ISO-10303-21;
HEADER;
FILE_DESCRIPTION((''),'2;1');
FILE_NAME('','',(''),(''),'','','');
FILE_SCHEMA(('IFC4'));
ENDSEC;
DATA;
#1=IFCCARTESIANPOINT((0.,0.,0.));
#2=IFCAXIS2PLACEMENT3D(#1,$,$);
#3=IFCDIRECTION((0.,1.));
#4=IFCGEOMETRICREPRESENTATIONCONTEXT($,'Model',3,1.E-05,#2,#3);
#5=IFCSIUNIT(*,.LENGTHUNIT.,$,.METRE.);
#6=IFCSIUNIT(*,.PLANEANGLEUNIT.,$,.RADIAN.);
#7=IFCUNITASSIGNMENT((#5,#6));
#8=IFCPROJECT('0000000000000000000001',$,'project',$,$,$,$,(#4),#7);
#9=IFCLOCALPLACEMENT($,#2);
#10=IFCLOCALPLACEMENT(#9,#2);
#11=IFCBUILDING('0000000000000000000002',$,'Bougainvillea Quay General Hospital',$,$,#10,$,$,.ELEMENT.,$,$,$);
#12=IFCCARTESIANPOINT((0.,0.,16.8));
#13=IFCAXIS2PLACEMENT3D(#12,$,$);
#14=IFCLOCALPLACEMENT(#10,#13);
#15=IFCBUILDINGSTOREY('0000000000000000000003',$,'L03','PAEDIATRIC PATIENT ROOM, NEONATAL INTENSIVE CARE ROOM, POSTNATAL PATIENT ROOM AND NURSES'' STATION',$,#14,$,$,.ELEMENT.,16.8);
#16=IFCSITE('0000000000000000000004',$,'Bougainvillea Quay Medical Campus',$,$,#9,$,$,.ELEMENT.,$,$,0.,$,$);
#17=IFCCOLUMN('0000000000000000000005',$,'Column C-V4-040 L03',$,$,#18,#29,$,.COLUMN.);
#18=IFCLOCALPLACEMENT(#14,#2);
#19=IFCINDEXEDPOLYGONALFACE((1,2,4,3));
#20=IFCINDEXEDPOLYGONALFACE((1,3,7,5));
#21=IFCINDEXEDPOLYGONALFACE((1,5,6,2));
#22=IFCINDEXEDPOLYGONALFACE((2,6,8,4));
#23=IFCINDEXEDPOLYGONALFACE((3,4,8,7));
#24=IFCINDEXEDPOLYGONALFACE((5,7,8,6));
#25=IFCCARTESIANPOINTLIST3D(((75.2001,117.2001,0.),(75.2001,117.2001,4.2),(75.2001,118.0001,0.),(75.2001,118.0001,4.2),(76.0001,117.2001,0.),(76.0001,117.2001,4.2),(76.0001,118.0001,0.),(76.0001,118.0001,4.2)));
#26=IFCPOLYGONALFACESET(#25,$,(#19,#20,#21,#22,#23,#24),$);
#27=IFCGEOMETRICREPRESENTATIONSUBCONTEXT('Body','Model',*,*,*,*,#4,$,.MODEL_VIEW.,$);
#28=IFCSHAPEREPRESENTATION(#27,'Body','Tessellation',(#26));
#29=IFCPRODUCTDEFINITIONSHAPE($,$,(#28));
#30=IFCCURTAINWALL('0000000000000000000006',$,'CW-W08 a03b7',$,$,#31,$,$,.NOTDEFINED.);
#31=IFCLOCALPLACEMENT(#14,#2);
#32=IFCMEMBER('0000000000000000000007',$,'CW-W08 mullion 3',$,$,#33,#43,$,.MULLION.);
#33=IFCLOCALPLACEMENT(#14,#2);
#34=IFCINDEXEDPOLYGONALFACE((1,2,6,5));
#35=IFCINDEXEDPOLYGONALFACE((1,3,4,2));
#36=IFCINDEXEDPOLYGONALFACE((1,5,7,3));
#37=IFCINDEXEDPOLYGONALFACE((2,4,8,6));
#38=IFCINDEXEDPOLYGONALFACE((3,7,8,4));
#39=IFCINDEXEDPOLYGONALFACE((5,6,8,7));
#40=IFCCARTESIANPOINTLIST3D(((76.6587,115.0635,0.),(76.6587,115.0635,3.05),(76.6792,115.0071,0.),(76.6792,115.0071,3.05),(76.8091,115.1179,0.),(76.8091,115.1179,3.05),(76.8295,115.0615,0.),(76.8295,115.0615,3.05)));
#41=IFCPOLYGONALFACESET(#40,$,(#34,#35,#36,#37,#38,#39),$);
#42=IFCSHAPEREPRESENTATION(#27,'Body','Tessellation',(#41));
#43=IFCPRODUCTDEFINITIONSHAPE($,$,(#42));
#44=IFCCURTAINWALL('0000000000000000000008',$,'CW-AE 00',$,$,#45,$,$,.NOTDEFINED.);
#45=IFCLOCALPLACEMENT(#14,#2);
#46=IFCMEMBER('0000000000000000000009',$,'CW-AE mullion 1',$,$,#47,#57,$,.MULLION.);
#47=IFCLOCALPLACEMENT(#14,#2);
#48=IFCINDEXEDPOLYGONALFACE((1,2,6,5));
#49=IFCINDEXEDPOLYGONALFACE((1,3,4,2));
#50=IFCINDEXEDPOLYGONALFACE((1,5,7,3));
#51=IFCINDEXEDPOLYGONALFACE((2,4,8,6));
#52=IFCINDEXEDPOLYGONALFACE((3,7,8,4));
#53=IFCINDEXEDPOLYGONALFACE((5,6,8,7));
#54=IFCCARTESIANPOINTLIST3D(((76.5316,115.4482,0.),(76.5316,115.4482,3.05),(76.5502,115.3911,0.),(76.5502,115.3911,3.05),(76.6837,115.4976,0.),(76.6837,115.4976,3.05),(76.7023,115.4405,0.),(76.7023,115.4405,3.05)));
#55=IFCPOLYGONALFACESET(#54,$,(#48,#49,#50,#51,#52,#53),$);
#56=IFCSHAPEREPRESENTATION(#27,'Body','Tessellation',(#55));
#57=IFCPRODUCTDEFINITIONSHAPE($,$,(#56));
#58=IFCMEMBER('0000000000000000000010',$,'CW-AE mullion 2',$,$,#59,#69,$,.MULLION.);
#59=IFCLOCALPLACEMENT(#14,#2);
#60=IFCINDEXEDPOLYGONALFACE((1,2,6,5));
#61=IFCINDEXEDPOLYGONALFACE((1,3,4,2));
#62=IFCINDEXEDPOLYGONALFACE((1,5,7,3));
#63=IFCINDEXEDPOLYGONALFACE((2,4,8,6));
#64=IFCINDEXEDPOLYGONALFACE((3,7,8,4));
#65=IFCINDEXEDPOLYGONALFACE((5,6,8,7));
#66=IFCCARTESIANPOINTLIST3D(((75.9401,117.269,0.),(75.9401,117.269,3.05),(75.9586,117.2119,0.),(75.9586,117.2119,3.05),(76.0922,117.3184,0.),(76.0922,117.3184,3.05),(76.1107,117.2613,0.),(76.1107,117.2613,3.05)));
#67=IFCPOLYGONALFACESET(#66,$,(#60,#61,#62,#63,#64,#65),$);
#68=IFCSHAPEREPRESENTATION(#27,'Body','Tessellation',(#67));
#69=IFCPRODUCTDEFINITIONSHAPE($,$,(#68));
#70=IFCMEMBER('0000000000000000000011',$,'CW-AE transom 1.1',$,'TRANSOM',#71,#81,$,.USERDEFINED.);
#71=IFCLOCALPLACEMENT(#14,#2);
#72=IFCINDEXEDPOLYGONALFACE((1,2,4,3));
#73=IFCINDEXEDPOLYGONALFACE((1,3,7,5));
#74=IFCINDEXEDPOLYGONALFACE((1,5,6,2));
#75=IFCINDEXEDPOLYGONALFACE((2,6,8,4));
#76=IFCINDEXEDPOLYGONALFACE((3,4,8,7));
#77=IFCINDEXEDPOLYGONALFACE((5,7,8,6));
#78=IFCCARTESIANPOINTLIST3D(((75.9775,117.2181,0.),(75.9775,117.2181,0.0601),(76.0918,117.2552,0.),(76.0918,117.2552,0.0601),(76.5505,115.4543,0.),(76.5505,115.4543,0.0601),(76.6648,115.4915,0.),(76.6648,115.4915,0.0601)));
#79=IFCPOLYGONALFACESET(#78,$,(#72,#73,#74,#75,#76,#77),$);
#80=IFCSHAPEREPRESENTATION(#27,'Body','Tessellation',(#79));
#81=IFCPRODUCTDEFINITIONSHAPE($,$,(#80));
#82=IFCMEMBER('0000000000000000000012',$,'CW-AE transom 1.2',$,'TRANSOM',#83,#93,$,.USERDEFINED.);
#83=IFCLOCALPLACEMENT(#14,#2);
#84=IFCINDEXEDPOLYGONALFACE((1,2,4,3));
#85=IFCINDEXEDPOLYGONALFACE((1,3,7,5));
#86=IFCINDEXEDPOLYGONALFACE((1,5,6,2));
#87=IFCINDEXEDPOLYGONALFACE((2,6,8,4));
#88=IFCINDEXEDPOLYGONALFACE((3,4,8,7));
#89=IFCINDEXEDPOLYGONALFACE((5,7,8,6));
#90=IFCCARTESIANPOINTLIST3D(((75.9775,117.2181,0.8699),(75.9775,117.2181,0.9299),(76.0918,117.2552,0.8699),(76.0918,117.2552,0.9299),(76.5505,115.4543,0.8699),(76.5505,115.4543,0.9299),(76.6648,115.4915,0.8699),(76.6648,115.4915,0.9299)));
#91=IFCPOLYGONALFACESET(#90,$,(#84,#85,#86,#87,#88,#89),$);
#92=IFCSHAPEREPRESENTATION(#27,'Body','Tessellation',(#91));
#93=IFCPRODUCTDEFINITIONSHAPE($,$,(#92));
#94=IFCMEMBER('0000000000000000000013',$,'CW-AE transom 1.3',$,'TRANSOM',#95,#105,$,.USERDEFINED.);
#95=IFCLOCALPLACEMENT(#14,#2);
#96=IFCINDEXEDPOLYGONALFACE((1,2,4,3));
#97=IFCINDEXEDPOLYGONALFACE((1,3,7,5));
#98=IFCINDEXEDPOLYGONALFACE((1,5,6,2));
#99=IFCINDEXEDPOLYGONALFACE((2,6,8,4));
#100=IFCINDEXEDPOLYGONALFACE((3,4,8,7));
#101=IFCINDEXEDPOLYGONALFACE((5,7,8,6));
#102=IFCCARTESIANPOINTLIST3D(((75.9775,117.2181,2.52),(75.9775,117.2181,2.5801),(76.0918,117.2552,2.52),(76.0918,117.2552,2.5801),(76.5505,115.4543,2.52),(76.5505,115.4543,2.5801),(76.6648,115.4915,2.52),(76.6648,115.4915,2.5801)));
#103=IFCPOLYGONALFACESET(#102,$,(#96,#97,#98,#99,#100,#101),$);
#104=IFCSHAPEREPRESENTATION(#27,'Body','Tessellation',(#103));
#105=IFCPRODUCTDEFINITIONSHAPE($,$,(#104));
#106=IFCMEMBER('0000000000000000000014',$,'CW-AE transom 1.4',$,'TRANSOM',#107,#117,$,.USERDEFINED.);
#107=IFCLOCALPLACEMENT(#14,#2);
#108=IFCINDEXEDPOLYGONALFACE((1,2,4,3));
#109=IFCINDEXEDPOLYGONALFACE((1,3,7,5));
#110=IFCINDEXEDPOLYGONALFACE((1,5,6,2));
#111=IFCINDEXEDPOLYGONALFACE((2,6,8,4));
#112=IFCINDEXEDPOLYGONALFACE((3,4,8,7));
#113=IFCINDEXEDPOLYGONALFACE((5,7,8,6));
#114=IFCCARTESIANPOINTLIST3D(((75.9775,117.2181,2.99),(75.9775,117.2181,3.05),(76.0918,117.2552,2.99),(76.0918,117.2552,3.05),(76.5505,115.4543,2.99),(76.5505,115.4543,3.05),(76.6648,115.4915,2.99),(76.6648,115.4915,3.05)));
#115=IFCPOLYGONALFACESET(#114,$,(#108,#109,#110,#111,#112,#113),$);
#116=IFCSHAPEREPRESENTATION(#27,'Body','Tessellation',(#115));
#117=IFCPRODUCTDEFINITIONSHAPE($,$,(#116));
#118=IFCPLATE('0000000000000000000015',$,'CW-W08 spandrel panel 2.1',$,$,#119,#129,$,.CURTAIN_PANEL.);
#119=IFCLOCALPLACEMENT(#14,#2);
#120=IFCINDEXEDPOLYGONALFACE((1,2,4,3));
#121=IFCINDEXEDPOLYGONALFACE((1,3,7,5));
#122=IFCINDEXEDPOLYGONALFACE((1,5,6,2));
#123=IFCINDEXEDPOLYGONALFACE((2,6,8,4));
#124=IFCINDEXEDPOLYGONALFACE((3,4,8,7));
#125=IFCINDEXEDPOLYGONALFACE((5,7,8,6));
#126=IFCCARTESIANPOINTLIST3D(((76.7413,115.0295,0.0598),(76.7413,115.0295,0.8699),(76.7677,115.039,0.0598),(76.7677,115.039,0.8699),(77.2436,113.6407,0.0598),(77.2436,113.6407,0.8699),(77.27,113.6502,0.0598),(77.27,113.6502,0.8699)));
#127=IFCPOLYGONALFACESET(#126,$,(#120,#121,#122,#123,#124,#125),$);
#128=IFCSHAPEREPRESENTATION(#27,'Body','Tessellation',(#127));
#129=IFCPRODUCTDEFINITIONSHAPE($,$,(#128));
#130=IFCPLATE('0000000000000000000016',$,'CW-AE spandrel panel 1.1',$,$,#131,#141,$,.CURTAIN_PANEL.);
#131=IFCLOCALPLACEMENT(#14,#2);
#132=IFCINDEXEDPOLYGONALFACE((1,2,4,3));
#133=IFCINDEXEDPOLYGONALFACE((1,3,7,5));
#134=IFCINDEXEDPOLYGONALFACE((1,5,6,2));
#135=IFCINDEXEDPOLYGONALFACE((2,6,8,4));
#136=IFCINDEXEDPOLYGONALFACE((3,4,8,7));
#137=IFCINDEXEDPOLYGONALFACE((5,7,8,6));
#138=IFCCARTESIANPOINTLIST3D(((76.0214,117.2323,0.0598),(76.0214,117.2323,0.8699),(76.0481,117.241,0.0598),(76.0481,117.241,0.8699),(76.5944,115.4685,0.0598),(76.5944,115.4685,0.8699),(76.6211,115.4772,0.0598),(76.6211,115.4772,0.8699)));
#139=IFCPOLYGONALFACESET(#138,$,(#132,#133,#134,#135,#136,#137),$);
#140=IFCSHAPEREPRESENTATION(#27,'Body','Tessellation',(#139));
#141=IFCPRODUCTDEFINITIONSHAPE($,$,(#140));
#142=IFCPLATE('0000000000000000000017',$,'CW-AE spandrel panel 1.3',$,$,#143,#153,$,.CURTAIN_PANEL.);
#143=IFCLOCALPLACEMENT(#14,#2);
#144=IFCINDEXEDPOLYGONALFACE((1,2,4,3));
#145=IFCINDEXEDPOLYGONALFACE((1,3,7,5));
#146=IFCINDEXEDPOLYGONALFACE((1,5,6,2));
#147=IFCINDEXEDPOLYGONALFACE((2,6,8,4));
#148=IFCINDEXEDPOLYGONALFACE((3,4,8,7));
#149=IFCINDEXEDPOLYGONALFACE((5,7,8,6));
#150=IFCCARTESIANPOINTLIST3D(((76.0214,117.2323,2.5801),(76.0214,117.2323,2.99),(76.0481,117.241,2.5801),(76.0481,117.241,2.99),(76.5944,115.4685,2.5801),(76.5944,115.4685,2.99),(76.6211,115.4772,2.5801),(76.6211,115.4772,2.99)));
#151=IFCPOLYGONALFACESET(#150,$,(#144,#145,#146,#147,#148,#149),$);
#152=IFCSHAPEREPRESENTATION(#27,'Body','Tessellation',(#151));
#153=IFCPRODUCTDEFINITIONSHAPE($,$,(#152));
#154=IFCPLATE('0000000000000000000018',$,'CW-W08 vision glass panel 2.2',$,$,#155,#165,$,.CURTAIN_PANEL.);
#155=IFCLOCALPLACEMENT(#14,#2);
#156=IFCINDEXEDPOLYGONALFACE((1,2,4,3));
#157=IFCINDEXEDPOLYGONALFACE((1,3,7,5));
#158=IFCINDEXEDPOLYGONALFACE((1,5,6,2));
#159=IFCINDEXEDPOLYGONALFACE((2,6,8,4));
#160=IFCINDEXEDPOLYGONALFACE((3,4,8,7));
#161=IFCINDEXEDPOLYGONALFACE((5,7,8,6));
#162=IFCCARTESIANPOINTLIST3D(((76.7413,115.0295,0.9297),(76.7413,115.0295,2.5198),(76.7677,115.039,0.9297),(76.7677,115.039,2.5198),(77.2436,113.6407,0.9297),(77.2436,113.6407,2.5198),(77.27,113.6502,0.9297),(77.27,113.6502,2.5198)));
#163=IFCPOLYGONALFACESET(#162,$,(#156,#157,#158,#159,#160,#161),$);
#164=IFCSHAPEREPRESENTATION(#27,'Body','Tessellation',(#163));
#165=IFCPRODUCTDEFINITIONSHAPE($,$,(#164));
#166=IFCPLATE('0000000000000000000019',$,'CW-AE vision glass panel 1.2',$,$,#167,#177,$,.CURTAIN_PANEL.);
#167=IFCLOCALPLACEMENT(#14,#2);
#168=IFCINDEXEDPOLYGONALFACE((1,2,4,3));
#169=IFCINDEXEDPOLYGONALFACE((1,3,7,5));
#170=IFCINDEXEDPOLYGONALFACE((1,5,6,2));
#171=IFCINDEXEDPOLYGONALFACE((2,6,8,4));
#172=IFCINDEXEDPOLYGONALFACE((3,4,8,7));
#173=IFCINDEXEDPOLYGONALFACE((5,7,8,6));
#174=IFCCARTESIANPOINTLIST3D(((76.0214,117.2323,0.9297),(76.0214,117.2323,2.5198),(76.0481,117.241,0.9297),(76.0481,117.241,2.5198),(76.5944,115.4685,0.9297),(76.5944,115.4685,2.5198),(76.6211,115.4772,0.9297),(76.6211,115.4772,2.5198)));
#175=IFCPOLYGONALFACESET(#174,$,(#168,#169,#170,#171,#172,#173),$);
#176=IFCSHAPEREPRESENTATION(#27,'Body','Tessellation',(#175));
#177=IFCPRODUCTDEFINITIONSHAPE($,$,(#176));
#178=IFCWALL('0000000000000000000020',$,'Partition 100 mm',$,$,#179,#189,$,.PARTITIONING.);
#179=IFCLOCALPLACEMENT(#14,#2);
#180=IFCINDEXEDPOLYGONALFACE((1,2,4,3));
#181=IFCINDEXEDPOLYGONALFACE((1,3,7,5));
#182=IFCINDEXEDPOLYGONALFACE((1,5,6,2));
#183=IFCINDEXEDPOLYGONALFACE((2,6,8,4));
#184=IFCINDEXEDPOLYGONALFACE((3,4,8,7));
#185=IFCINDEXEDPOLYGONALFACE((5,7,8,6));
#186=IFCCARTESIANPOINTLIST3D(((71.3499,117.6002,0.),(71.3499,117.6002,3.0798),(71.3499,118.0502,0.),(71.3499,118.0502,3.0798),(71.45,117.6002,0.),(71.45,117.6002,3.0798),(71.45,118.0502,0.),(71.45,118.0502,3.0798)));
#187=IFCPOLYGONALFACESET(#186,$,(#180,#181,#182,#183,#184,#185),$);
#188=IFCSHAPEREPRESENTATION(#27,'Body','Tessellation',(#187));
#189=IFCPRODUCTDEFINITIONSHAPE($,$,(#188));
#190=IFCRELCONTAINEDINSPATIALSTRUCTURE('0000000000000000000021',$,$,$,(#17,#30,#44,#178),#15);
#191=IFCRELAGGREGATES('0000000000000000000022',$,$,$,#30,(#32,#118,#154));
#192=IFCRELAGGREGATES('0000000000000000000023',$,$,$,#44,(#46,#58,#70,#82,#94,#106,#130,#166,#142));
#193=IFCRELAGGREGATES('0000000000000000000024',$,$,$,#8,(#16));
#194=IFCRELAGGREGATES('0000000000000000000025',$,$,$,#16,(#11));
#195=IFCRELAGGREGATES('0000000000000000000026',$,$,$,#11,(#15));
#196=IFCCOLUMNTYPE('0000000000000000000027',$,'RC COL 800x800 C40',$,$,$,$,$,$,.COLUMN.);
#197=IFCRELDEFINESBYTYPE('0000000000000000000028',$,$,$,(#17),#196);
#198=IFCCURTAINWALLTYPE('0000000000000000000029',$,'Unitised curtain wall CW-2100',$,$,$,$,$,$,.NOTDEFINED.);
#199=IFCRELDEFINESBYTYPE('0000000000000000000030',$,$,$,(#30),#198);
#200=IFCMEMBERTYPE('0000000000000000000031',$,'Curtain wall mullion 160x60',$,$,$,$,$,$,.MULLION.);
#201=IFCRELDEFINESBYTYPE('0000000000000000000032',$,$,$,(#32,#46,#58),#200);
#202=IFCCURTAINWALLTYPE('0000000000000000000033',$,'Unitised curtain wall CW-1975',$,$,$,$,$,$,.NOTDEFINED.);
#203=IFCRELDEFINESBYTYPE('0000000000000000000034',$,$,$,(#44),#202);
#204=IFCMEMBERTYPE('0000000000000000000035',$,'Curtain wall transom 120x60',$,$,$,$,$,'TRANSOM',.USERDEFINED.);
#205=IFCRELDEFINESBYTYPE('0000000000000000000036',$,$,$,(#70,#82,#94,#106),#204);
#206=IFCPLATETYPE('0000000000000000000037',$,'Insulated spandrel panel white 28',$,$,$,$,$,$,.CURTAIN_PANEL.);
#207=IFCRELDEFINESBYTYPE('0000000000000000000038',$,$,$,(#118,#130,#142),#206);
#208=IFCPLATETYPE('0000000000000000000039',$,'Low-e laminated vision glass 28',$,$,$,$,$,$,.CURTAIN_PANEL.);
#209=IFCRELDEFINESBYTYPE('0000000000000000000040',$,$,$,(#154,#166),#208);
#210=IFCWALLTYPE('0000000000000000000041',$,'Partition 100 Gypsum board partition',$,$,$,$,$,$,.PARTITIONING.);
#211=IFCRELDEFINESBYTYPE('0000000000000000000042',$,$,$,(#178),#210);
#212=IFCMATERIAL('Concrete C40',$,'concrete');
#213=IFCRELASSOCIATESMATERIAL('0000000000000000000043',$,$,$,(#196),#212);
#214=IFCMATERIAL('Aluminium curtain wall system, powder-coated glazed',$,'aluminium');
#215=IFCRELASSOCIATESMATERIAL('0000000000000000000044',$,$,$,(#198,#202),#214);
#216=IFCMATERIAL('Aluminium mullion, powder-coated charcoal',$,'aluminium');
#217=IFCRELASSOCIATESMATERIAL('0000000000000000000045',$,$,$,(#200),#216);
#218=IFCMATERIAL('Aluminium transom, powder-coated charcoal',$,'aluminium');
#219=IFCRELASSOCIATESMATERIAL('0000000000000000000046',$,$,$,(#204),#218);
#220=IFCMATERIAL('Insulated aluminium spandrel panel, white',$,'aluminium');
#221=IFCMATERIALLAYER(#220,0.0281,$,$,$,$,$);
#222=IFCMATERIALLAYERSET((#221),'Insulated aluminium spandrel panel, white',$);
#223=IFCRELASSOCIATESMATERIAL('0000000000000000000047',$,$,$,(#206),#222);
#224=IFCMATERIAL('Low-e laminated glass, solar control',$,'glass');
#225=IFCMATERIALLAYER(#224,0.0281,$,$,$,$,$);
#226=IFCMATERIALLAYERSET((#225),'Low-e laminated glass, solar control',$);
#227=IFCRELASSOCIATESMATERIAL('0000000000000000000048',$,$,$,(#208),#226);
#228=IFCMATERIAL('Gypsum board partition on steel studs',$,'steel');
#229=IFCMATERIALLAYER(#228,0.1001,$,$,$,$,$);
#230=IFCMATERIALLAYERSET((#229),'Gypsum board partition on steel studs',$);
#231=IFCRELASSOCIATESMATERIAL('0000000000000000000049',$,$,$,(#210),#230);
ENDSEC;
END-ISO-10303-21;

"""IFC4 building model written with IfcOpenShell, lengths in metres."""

from ifc_helpers import new_model, si_unit, direction, frame, frame_2d, origin, origin_2d, place, context, subcontext, project, spatial, rectangle, extrude, material, layer, layer_set, material_profile, profile_set, type_object, element, aggregate, save


model = new_model("IFC4")

# Units and contexts
model_context = context("Model", 3, precision=1e-05, world=origin(), true_north=direction((0.0, 1.0)))
body_context = subcontext(model_context, "Body", "Model", "MODEL_VIEW")
ifc_project = project(units=[si_unit("LENGTHUNIT", "METRE"), si_unit("PLANEANGLEUNIT", "RADIAN")], contexts=[model_context])

# Site, building, storey
site_placement = place(None, origin())
site = spatial("IfcSite", under=ifc_project, at=site_placement, Name="Bougainvillea Quay Medical Campus", CompositionType="ELEMENT", RefElevation=0.0)
building_placement = place(site_placement, origin())
building = spatial("IfcBuilding", under=site, at=building_placement, Name="Bougainvillea Quay General Hospital", CompositionType="ELEMENT")
storey_placement = place(building_placement, frame((0.0, 0.0, 16.8)))
storey = spatial("IfcBuildingStorey", under=building, at=storey_placement, Name="L03", Description="PAEDIATRIC PATIENT ROOM, NEONATAL INTENSIVE CARE ROOM, POSTNATAL PATIENT ROOM AND NURSES' STATION", CompositionType="ELEMENT", Elevation=16.8)

# Column
ifc_material_1 = material(Name="Concrete C40", Category="concrete")
ifc_material_profile_1 = material_profile(ifc_material_1, rectangle(XDim=0.8, YDim=0.8, at=origin_2d()))
ifc_profile_set_1 = profile_set([ifc_material_profile_1], Name="Concrete C40")
column_type = type_object("IfcColumnType", Name="RC COL 800x800 C40", PredefinedType="COLUMN", material=ifc_profile_set_1)
column_placement = place(storey_placement, frame((75.6001, 117.6001, 0.0), z_axis=(0.0, 0.0, 1.0), x_axis=(1.0, 0.0, 0.0)))
element("IfcColumn", 1, at=column_placement, inside=storey, type_object=column_type, Name="Column C-V4-040 L03", PredefinedType="COLUMN", context=body_context, shape_type="SweptSolid", body=[
    extrude(rectangle(XDim=0.8, YDim=0.8, at=origin_2d()), origin(), (0.0, 0.0, 1.0), 4.2),
])

# Curtain wall, member
ifc_material_2 = material(Name="Aluminium curtain wall system, powder-coated glazed", Category="aluminium")
curtain_wall_type_1 = type_object("IfcCurtainWallType", Name="Unitised curtain wall CW-2100", PredefinedType="NOTDEFINED", material=ifc_material_2)
curtain_wall_1_placement = place(storey_placement, origin())
curtain_wall_1 = element("IfcCurtainWall", 2, at=curtain_wall_1_placement, inside=storey, type_object=curtain_wall_type_1, Name="CW-W08 a03b7", PredefinedType="NOTDEFINED")
ifc_material_3 = material(Name="Aluminium mullion, powder-coated charcoal", Category="aluminium")
ifc_material_profile_2 = material_profile(ifc_material_3, rectangle(XDim=0.1599, YDim=0.0601, at=origin_2d()))
ifc_profile_set_2 = profile_set([ifc_material_profile_2], Name="Aluminium mullion, powder-coated charcoal")
member_type_1 = type_object("IfcMemberType", Name="Curtain wall mullion 160x60", PredefinedType="MULLION", material=ifc_profile_set_2)
member_1_placement = place(storey_placement, frame((76.7441, 115.0625, 0.0), z_axis=(0.0, 0.0, 1.0), x_axis=(-0.940382, -0.34012, 0.0)))
member_1 = element("IfcMember", 3, at=member_1_placement, type_object=member_type_1, Name="CW-W08 mullion 3", PredefinedType="MULLION", context=body_context, shape_type="SweptSolid", body=[
    extrude(rectangle(XDim=0.1599, YDim=0.0601, at=origin_2d()), origin(), (0.0, 0.0, 1.0), 3.05),
])

# Curtain wall, members
curtain_wall_type_2 = type_object("IfcCurtainWallType", Name="Unitised curtain wall CW-1975", PredefinedType="NOTDEFINED", material=ifc_material_2)
curtain_wall_2_placement = place(storey_placement, origin())
curtain_wall_2 = element("IfcCurtainWall", 4, at=curtain_wall_2_placement, inside=storey, type_object=curtain_wall_type_2, Name="CW-AE 00", PredefinedType="NOTDEFINED")
member_2_placement = place(storey_placement, frame((76.6169, 115.4443, 0.0), z_axis=(0.0, 0.0, 1.0), x_axis=(-0.951072, -0.308971, 0.0)))
member_2 = element("IfcMember", 5, at=member_2_placement, type_object=member_type_1, Name="CW-AE mullion 1", PredefinedType="MULLION", context=body_context, shape_type="SweptSolid", body=[
    extrude(rectangle(XDim=0.1599, YDim=0.0601, at=origin_2d()), origin(), (0.0, 0.0, 1.0), 3.05),
])
member_3_placement = place(storey_placement, frame((76.0254, 117.2651, 0.0), z_axis=(0.0, 0.0, 1.0), x_axis=(-0.951072, -0.308971, 0.0)))
member_3 = element("IfcMember", 6, at=member_3_placement, type_object=member_type_1, Name="CW-AE mullion 2", PredefinedType="MULLION", context=body_context, shape_type="SweptSolid", body=[
    extrude(rectangle(XDim=0.1599, YDim=0.0601, at=origin_2d()), origin(), (0.0, 0.0, 1.0), 3.05),
])
ifc_material_4 = material(Name="Aluminium transom, powder-coated charcoal", Category="aluminium")
ifc_material_profile_3 = material_profile(ifc_material_4, rectangle(XDim=0.1201, YDim=0.0601, at=origin_2d()))
ifc_profile_set_3 = profile_set([ifc_material_profile_3], Name="Aluminium transom, powder-coated charcoal")
member_type_2 = type_object("IfcMemberType", Name="Curtain wall transom 120x60", ElementType="TRANSOM", PredefinedType="USERDEFINED", material=ifc_profile_set_3)
member_4_placement = place(storey_placement, frame((76.6077, 115.4729, 0.03), z_axis=(-0.308991, 0.951065, 0.0), x_axis=(-0.951065, -0.308991, 0.0)))
member_4 = element("IfcMember", 7, at=member_4_placement, type_object=member_type_2, Name="CW-AE transom 1.1", ObjectType="TRANSOM", PredefinedType="USERDEFINED", context=body_context, shape_type="SweptSolid", body=[
    extrude(rectangle(XDim=0.1201, YDim=0.0601, at=origin_2d()), origin(), (0.0, 0.0, 1.0), 1.8545),
])
member_5_placement = place(storey_placement, frame((76.6077, 115.4729, 0.8999), z_axis=(-0.308991, 0.951065, 0.0), x_axis=(-0.951065, -0.308991, 0.0)))
member_5 = element("IfcMember", 8, at=member_5_placement, type_object=member_type_2, Name="CW-AE transom 1.2", ObjectType="TRANSOM", PredefinedType="USERDEFINED", context=body_context, shape_type="SweptSolid", body=[
    extrude(rectangle(XDim=0.1201, YDim=0.0601, at=origin_2d()), origin(), (0.0, 0.0, 1.0), 1.8545),
])
member_6_placement = place(storey_placement, frame((76.6077, 115.4729, 2.55), z_axis=(-0.308991, 0.951065, 0.0), x_axis=(-0.951065, -0.308991, 0.0)))
member_6 = element("IfcMember", 9, at=member_6_placement, type_object=member_type_2, Name="CW-AE transom 1.3", ObjectType="TRANSOM", PredefinedType="USERDEFINED", context=body_context, shape_type="SweptSolid", body=[
    extrude(rectangle(XDim=0.1201, YDim=0.0601, at=origin_2d()), origin(), (0.0, 0.0, 1.0), 1.8545),
])
member_7_placement = place(storey_placement, frame((76.6077, 115.4729, 3.02), z_axis=(-0.308991, 0.951065, 0.0), x_axis=(-0.951065, -0.308991, 0.0)))
member_7 = element("IfcMember", 10, at=member_7_placement, type_object=member_type_2, Name="CW-AE transom 1.4", ObjectType="TRANSOM", PredefinedType="USERDEFINED", context=body_context, shape_type="SweptSolid", body=[
    extrude(rectangle(XDim=0.1201, YDim=0.0601, at=origin_2d()), origin(), (0.0, 0.0, 1.0), 1.8545),
])

# Plates
ifc_material_5 = material(Name="Insulated aluminium spandrel panel, white", Category="aluminium")
ifc_layer_1 = layer(ifc_material_5, 0.0281)
ifc_layer_set_1 = layer_set([ifc_layer_1], Name="Insulated aluminium spandrel panel, white")
plate_type_1 = type_object("IfcPlateType", Name="Insulated spandrel panel white 28", PredefinedType="CURTAIN_PANEL", material=ifc_layer_set_1)
plate_1_placement = place(storey_placement, frame((77.0056, 114.3398, 0.0598), z_axis=(0.0, 0.0, 1.0), x_axis=(-0.34012, 0.940382, 0.0)))
plate_1 = element("IfcPlate", 11, at=plate_1_placement, type_object=plate_type_1, Name="CW-W08 spandrel panel 2.1", PredefinedType="CURTAIN_PANEL", context=body_context, shape_type="SweptSolid", body=[
    extrude(rectangle(XDim=1.4768, YDim=0.0281, at=origin_2d()), origin(), (0.0, 0.0, 1.0), 0.8101),
])
plate_2_placement = place(storey_placement, frame((76.3213, 116.3547, 0.0598), z_axis=(0.0, 0.0, 1.0), x_axis=(-0.308971, 0.951072, 0.0)))
plate_2 = element("IfcPlate", 12, at=plate_2_placement, type_object=plate_type_1, Name="CW-AE spandrel panel 1.1", PredefinedType="CURTAIN_PANEL", context=body_context, shape_type="SweptSolid", body=[
    extrude(rectangle(XDim=1.8545, YDim=0.0281, at=origin_2d()), origin(), (0.0, 0.0, 1.0), 0.8101),
])
plate_3_placement = place(storey_placement, frame((76.3213, 116.3547, 2.5801), z_axis=(0.0, 0.0, 1.0), x_axis=(-0.308971, 0.951072, 0.0)))
plate_3 = element("IfcPlate", 13, at=plate_3_placement, type_object=plate_type_1, Name="CW-AE spandrel panel 1.3", PredefinedType="CURTAIN_PANEL", context=body_context, shape_type="SweptSolid", body=[
    extrude(rectangle(XDim=1.8545, YDim=0.0281, at=origin_2d()), origin(), (0.0, 0.0, 1.0), 0.4099),
])
ifc_material_6 = material(Name="Low-e laminated glass, solar control", Category="glass")
ifc_layer_2 = layer(ifc_material_6, 0.0281)
ifc_layer_set_2 = layer_set([ifc_layer_2], Name="Low-e laminated glass, solar control")
plate_type_2 = type_object("IfcPlateType", Name="Low-e laminated vision glass 28", PredefinedType="CURTAIN_PANEL", material=ifc_layer_set_2)
plate_4_placement = place(storey_placement, frame((77.0056, 114.3398, 0.9297), z_axis=(0.0, 0.0, 1.0), x_axis=(-0.34012, 0.940382, 0.0)))
plate_4 = element("IfcPlate", 14, at=plate_4_placement, type_object=plate_type_2, Name="CW-W08 vision glass panel 2.2", PredefinedType="CURTAIN_PANEL", context=body_context, shape_type="SweptSolid", body=[
    extrude(rectangle(XDim=1.4768, YDim=0.0281, at=origin_2d()), origin(), (0.0, 0.0, 1.0), 1.5901),
])
aggregate(curtain_wall_1, [member_1, plate_1, plate_4])
plate_5_placement = place(storey_placement, frame((76.3213, 116.3547, 0.9297), z_axis=(0.0, 0.0, 1.0), x_axis=(-0.308971, 0.951072, 0.0)))
plate_5 = element("IfcPlate", 15, at=plate_5_placement, type_object=plate_type_2, Name="CW-AE vision glass panel 1.2", PredefinedType="CURTAIN_PANEL", context=body_context, shape_type="SweptSolid", body=[
    extrude(rectangle(XDim=1.8545, YDim=0.0281, at=origin_2d()), origin(), (0.0, 0.0, 1.0), 1.5901),
])
aggregate(curtain_wall_2, [member_2, member_3, member_4, member_5, member_6, member_7, plate_2, plate_5, plate_3])

# Wall
ifc_material_7 = material(Name="Gypsum board partition on steel studs", Category="steel")
ifc_layer_3 = layer(ifc_material_7, 0.1001)
ifc_layer_set_3 = layer_set([ifc_layer_3], Name="Gypsum board partition on steel studs")
wall_type_1 = type_object("IfcWallType", Name="Partition 100 Gypsum board partition", PredefinedType="PARTITIONING", material=ifc_layer_set_3)
wall_1_placement = place(storey_placement, frame((71.3999, 117.6001, 0.0), z_axis=(0.0, 0.0, 1.0), x_axis=(0.0, 1.0, 0.0)))
element("IfcWall", 16, at=wall_1_placement, inside=storey, type_object=wall_type_1, Name="Partition 100 mm", PredefinedType="PARTITIONING", context=body_context, shape_type="SweptSolid", body=[
    extrude(rectangle(XDim=0.45, YDim=0.1001, at=frame_2d((0.2251, 0.0))), origin(), (0.0, 0.0, 1.0), 3.0798),
])

save(model, "model.ifc")
